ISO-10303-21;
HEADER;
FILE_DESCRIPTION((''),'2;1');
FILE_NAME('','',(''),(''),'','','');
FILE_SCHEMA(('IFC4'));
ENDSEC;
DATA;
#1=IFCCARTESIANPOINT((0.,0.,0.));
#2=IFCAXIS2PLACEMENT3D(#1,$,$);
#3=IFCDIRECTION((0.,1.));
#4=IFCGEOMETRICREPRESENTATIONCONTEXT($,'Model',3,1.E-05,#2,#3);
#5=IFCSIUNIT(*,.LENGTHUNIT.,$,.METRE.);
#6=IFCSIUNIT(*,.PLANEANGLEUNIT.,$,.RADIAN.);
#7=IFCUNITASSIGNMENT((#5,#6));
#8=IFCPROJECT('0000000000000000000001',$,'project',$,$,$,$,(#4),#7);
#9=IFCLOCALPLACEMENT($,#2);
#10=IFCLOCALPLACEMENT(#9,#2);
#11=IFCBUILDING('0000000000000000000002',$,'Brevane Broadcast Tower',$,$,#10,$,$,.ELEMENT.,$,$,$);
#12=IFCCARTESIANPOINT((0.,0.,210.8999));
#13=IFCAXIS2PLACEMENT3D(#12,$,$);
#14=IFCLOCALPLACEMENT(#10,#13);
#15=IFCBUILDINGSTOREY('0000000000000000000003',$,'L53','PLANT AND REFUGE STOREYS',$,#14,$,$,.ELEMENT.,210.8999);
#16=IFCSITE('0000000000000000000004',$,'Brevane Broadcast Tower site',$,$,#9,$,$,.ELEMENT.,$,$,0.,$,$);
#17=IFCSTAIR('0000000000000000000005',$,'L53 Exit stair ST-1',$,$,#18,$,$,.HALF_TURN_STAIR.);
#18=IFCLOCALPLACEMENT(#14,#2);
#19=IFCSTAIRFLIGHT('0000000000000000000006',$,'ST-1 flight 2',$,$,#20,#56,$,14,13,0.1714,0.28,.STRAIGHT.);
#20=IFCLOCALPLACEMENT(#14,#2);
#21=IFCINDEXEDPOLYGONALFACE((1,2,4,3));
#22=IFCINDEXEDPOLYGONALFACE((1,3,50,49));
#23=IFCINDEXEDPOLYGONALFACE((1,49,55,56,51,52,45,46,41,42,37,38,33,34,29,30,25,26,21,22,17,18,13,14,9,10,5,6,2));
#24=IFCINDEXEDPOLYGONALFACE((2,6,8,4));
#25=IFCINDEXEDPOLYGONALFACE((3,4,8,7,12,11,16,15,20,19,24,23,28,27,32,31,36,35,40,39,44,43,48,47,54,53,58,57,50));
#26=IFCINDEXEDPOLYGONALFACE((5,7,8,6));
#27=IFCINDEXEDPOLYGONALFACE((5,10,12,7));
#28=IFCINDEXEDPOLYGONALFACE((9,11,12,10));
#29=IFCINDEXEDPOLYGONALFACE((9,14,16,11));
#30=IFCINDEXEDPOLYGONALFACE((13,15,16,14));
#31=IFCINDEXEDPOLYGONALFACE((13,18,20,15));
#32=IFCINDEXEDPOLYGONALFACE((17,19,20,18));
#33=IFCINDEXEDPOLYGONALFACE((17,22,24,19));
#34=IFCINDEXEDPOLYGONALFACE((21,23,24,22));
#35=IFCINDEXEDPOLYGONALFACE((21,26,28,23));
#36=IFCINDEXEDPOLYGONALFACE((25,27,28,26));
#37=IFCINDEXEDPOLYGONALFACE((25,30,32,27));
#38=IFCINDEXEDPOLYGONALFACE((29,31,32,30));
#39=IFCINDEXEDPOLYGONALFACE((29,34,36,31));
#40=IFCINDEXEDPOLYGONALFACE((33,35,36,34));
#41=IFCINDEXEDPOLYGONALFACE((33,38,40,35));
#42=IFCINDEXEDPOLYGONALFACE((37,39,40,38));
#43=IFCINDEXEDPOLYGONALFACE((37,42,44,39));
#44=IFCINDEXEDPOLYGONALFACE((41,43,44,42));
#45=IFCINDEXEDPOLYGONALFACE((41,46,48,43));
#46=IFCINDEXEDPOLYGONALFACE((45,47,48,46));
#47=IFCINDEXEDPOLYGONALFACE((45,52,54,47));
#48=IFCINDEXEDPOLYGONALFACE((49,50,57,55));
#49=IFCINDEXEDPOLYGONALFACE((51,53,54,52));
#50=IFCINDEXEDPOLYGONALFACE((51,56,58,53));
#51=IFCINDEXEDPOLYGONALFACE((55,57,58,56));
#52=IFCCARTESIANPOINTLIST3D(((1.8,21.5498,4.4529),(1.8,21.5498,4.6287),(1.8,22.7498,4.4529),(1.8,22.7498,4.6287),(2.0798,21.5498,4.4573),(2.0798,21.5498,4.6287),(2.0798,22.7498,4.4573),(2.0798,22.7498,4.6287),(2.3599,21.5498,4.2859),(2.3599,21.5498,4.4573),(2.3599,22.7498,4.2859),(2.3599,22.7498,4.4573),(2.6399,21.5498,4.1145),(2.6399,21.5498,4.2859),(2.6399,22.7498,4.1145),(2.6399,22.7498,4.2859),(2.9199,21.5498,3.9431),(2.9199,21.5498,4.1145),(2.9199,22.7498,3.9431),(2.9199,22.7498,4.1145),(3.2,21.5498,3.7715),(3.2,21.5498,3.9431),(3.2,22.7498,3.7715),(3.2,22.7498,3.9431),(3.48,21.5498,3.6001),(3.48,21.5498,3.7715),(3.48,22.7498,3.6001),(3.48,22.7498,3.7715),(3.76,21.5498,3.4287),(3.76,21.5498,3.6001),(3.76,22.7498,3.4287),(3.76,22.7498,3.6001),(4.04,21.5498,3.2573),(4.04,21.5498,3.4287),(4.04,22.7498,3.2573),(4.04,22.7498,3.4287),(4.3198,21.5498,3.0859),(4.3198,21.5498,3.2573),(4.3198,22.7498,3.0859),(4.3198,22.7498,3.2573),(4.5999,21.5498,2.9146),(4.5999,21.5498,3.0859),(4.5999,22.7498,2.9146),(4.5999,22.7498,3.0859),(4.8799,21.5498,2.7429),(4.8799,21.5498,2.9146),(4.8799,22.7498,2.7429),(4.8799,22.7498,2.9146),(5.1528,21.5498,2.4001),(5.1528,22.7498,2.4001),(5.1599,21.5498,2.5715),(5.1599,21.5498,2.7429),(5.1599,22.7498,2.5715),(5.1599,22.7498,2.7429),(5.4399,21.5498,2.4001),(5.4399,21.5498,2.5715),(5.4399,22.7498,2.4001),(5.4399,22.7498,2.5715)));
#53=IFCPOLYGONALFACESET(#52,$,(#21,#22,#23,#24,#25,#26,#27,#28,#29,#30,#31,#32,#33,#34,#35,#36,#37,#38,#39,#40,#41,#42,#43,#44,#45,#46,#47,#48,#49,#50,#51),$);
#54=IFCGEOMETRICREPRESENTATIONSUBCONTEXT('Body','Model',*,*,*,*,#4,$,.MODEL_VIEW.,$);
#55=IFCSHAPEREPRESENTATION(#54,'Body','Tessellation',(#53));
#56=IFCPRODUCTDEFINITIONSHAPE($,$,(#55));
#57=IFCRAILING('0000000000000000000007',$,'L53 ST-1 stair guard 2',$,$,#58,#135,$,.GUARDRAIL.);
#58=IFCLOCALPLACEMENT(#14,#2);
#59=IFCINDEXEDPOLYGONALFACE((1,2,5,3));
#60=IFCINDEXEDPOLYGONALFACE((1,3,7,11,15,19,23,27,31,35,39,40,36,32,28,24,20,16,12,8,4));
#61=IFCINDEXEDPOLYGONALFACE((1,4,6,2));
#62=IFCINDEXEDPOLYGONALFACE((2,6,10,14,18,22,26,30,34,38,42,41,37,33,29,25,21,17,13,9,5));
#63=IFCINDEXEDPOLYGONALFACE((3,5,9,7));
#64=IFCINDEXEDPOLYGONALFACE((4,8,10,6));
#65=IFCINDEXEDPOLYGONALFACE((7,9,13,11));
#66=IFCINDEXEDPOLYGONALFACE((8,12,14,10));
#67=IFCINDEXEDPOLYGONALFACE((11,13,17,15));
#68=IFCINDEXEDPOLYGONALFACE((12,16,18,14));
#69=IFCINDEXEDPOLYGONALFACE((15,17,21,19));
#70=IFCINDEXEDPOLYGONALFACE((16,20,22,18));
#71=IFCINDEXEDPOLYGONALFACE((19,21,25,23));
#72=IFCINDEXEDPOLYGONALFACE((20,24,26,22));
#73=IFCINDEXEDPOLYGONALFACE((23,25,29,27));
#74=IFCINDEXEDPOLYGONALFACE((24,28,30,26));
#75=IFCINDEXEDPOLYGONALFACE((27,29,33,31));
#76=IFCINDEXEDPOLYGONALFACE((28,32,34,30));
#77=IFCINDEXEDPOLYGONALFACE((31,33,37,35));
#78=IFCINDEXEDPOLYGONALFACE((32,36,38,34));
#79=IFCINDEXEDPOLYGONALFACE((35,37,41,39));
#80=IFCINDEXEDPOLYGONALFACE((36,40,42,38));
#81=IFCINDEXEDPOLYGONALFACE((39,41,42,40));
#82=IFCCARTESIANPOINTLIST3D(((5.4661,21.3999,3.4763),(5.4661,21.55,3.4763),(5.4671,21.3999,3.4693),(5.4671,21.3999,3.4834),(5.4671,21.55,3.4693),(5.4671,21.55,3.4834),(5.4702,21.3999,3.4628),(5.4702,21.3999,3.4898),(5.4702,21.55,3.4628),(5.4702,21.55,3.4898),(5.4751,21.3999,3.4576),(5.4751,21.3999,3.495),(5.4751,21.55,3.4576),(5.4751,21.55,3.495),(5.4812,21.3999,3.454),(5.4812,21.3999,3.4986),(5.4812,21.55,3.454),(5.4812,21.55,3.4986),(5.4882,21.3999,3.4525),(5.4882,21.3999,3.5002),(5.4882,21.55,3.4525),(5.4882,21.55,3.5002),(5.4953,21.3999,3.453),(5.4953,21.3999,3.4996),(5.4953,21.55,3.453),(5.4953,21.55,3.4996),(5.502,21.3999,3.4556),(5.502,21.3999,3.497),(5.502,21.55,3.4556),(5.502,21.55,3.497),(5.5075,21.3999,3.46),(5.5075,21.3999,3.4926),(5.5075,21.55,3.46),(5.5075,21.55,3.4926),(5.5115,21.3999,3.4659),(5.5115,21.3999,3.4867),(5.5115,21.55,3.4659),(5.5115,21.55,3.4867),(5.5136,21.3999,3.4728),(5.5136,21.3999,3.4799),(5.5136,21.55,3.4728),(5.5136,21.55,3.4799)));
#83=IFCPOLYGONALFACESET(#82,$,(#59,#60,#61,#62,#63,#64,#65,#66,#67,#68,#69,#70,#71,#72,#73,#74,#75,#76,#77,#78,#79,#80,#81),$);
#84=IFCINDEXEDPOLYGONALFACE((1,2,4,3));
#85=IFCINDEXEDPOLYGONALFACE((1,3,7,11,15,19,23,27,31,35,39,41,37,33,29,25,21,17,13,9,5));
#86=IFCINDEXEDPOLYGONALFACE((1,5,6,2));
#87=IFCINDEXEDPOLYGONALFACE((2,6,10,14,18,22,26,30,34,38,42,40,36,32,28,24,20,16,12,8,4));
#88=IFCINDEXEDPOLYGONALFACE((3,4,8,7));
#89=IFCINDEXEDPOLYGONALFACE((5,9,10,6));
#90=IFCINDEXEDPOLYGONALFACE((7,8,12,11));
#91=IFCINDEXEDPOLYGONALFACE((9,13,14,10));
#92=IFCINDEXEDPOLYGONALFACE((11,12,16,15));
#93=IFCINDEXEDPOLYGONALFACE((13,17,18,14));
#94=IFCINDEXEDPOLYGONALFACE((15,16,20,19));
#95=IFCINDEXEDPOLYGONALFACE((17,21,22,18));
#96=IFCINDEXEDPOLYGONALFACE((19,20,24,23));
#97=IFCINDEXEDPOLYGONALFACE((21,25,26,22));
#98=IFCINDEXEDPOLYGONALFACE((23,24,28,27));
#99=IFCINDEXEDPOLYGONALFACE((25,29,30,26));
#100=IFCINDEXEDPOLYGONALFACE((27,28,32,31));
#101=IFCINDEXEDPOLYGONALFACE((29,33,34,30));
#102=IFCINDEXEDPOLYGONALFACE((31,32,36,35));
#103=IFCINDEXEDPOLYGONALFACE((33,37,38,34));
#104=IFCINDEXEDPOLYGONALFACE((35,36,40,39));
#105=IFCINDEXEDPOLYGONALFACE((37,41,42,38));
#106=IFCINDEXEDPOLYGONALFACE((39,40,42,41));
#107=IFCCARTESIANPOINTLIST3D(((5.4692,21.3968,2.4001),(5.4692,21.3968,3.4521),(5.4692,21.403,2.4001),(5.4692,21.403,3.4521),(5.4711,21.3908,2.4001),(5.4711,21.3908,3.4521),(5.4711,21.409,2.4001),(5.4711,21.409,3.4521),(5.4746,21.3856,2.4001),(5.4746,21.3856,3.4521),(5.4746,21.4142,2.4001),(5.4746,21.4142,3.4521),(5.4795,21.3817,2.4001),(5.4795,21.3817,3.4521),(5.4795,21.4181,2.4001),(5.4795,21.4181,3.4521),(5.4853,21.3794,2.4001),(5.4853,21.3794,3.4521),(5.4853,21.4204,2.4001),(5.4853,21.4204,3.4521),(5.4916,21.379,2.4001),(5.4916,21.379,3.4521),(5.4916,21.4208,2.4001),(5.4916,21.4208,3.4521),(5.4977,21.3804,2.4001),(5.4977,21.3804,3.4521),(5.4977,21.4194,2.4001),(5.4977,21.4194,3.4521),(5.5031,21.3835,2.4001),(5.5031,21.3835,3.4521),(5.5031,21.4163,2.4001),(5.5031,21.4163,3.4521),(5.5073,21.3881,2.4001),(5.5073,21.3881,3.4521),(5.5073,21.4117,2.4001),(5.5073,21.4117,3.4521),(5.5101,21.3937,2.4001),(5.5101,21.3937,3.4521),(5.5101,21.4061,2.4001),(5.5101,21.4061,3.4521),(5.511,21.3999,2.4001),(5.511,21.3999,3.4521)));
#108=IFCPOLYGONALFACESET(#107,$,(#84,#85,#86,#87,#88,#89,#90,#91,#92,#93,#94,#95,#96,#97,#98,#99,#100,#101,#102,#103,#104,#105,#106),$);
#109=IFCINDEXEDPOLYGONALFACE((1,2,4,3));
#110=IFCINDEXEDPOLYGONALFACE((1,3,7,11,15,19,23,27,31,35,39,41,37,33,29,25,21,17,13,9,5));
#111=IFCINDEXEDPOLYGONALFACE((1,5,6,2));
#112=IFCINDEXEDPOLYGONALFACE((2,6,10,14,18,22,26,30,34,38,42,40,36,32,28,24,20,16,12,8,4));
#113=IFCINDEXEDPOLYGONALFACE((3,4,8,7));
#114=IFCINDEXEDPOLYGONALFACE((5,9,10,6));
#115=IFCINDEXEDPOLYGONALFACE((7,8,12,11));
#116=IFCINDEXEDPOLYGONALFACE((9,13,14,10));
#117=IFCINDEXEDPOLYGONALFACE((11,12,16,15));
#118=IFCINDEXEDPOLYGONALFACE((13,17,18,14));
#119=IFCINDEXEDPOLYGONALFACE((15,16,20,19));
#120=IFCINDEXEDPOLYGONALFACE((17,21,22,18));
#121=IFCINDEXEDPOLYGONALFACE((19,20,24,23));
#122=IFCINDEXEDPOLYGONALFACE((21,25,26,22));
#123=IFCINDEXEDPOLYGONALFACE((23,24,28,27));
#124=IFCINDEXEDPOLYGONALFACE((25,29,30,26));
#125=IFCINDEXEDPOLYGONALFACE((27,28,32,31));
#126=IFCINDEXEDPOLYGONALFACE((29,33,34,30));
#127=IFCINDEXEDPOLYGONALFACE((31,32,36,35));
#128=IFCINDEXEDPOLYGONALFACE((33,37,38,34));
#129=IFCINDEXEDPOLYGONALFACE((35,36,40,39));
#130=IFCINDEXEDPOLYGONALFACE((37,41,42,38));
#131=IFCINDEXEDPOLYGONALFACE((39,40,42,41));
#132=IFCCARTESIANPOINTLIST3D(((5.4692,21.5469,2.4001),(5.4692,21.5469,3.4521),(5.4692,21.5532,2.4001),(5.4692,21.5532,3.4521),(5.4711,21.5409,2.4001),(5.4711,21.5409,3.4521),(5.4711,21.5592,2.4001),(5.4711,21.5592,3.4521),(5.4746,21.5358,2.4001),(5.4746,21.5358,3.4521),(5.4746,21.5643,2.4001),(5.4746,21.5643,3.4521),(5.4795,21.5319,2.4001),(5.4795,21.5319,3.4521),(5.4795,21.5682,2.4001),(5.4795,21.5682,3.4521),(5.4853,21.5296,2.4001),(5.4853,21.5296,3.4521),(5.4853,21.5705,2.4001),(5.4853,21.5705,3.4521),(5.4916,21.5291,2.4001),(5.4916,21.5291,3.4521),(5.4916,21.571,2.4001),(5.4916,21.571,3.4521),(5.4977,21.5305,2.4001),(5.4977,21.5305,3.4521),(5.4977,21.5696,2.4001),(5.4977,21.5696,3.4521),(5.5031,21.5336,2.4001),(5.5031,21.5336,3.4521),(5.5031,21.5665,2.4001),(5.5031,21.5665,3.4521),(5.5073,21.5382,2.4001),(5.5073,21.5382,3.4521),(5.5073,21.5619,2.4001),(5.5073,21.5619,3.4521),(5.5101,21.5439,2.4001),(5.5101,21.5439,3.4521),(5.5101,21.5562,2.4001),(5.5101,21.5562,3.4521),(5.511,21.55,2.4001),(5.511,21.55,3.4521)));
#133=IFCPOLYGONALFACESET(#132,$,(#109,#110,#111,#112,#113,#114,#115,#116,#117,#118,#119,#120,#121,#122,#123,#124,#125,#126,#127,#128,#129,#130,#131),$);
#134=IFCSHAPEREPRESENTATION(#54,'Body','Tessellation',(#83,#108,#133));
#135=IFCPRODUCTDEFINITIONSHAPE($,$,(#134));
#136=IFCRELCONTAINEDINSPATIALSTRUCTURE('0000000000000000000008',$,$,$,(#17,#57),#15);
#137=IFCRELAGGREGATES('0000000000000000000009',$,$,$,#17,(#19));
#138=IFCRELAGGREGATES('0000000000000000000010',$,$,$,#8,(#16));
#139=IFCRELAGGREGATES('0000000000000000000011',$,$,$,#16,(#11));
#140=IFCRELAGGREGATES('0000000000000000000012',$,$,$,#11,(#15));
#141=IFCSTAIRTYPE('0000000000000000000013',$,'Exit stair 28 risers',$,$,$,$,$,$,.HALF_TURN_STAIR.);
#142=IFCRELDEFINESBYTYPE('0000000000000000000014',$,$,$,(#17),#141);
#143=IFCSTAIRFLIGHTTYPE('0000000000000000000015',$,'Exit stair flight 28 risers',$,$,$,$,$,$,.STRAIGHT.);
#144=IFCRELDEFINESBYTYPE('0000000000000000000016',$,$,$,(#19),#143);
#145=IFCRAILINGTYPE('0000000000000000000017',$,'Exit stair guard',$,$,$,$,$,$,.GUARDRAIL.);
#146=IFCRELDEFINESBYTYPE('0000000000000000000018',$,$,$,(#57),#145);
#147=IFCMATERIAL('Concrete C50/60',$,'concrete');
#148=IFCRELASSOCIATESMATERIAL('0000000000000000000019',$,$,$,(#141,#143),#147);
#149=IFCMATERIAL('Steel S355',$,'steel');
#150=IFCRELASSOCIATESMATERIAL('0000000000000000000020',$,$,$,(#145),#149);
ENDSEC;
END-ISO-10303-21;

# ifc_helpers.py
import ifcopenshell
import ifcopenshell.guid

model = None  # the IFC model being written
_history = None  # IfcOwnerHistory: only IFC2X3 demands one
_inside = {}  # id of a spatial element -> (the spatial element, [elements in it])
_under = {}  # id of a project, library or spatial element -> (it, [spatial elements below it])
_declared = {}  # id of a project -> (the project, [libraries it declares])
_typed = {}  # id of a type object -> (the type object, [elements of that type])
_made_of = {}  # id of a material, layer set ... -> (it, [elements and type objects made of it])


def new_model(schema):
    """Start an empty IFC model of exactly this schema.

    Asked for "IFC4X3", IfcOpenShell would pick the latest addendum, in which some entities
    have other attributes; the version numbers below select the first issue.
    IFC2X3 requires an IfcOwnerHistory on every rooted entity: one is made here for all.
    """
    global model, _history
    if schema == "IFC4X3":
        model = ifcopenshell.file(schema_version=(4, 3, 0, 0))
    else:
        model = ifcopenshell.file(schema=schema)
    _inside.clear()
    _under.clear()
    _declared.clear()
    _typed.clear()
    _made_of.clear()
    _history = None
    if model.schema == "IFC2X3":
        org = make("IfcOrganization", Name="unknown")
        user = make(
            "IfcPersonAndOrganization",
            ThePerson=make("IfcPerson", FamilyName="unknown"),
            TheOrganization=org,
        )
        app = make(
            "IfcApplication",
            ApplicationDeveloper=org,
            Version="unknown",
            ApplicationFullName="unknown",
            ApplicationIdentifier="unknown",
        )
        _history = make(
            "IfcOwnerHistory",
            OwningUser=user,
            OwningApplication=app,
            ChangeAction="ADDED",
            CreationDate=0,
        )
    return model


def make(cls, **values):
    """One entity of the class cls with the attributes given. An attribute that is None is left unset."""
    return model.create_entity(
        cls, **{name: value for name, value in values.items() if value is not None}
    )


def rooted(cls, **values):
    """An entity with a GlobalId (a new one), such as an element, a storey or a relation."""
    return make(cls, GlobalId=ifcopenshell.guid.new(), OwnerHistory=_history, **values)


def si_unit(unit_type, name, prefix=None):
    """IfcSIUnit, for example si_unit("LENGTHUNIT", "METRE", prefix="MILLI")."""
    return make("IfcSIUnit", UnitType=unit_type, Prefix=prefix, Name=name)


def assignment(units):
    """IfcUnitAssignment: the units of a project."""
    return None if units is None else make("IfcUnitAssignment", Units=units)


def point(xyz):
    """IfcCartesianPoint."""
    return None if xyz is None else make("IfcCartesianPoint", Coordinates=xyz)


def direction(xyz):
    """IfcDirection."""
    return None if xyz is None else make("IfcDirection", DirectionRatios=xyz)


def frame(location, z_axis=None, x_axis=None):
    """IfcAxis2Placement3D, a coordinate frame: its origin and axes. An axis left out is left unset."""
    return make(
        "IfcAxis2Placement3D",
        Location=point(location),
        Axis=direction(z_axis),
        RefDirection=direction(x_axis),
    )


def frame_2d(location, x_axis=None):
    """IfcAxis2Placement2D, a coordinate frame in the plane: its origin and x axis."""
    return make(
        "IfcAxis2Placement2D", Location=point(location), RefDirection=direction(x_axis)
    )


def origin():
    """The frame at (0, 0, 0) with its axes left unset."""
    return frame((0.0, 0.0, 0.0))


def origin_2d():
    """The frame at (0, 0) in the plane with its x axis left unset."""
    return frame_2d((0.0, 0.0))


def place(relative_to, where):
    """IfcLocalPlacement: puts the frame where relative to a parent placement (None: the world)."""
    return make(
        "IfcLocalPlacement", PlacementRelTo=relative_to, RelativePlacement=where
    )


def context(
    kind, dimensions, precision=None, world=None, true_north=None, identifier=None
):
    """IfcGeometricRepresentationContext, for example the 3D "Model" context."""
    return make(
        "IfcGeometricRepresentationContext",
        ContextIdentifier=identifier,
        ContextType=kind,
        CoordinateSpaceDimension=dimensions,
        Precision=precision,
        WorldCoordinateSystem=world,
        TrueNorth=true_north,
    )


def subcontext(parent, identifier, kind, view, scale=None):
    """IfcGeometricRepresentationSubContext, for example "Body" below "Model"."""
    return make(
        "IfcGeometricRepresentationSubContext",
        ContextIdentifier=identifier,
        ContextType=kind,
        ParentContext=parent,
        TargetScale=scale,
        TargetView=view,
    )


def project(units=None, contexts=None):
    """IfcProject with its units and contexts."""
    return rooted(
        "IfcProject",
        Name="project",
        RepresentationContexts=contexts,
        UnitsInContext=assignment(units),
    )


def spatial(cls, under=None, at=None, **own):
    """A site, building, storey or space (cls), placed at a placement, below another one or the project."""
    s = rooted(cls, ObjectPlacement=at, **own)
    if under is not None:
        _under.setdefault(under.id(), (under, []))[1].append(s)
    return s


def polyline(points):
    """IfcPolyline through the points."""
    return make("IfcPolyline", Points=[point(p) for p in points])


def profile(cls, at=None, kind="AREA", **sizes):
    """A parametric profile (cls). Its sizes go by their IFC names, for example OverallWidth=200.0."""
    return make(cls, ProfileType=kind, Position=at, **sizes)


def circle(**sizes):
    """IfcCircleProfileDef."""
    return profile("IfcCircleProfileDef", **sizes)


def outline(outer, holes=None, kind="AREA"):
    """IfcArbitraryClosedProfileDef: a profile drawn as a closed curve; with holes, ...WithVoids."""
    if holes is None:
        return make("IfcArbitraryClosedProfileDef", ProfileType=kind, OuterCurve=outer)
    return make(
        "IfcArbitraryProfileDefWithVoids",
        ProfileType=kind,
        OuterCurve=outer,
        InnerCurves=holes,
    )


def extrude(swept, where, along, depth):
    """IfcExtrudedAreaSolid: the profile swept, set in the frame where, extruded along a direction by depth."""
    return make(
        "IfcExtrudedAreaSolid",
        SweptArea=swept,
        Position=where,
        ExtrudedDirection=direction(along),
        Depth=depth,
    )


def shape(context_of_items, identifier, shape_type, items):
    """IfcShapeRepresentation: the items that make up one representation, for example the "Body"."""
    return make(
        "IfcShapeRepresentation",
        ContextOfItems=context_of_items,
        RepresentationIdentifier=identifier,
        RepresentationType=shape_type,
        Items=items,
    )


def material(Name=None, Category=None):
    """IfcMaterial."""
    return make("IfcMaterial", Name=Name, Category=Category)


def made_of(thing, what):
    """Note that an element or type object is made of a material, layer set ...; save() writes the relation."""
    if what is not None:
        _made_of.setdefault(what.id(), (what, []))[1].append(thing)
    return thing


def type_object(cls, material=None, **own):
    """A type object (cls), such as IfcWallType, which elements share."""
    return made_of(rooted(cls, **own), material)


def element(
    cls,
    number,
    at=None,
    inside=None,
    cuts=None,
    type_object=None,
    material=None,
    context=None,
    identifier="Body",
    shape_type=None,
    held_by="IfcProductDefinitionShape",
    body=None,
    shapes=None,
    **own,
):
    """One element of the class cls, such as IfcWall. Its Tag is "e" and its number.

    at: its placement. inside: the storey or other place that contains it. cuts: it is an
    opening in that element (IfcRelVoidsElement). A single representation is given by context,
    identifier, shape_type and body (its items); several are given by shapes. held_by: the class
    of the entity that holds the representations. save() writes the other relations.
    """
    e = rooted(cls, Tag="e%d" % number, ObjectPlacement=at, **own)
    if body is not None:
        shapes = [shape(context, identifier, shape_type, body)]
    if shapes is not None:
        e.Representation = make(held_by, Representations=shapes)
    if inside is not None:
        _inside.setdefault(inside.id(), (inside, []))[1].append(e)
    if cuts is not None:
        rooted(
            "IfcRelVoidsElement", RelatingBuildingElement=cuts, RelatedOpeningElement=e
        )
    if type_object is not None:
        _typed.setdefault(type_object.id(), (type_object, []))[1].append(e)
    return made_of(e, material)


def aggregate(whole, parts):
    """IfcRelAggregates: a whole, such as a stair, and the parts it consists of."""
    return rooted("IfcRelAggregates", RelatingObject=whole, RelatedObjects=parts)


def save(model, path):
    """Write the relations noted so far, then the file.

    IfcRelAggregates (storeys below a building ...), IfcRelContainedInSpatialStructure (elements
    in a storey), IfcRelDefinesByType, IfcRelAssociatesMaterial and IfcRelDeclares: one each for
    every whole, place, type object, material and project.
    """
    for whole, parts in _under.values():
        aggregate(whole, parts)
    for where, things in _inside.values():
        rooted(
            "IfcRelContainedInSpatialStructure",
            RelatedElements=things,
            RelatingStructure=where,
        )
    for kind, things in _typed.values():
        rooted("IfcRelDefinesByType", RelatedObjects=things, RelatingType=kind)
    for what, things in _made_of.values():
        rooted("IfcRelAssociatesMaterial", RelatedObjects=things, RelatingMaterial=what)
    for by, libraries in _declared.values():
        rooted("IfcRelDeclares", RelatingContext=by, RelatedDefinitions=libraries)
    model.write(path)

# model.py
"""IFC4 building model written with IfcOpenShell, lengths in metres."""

from ifc_helpers import new_model, si_unit, direction, frame, origin, origin_2d, place, context, subcontext, project, spatial, polyline, circle, outline, extrude, material, type_object, element, aggregate, save


model = new_model("IFC4")

# Units and contexts
model_context = context("Model", 3, precision=1e-05, world=origin(), true_north=direction((0.0, 1.0)))
body_context = subcontext(model_context, "Body", "Model", "MODEL_VIEW")
ifc_project = project(units=[si_unit("LENGTHUNIT", "METRE"), si_unit("PLANEANGLEUNIT", "RADIAN")], contexts=[model_context])

# Site, building, storey
site_placement = place(None, origin())
site = spatial("IfcSite", under=ifc_project, at=site_placement, Name="Brevane Broadcast Tower site", CompositionType="ELEMENT", RefElevation=0.0)
building_placement = place(site_placement, origin())
building = spatial("IfcBuilding", under=site, at=building_placement, Name="Brevane Broadcast Tower", CompositionType="ELEMENT")
storey_placement = place(building_placement, frame((0.0, 0.0, 210.8999)))
storey = spatial("IfcBuildingStorey", under=building, at=storey_placement, Name="L53", Description="PLANT AND REFUGE STOREYS", CompositionType="ELEMENT", Elevation=210.8999)

# Shared definitions
ifc_material_1 = material(Name="Concrete C50/60", Category="concrete")

# Stair, stair flight
stair_type = type_object("IfcStairType", Name="Exit stair 28 risers", PredefinedType="HALF_TURN_STAIR", material=ifc_material_1)
stair_placement = place(storey_placement, origin())
stair = element("IfcStair", 1, at=stair_placement, inside=storey, type_object=stair_type, Name="L53 Exit stair ST-1", PredefinedType="HALF_TURN_STAIR")
stair_flight_type = type_object("IfcStairFlightType", Name="Exit stair flight 28 risers", PredefinedType="STRAIGHT", material=ifc_material_1)
stair_flight_placement = place(storey_placement, frame((5.4399, 22.1499, 2.4001), z_axis=(0.0, 0.0, 1.0), x_axis=(-1.0, 0.0, 0.0)))
stair_flight = element("IfcStairFlight", 2, at=stair_flight_placement, type_object=stair_flight_type, Name="ST-1 flight 2", NumberOfRisers=14, NumberOfTreads=13, PredefinedType="STRAIGHT", RiserHeight=0.1714, TreadLength=0.28, context=body_context, shape_type="SweptSolid", body=[
    extrude(outline(polyline([(0.0, 0.0), (0.0, 0.1714), (0.28, 0.1714), (0.28, 0.3428), (0.5601, 0.3428), (0.5601, 0.5144), (0.8401, 0.5144), (0.8401, 0.6858), (1.1201, 0.6858), (1.1201, 0.8572), (1.3999, 0.8572), (1.3999, 1.0286), (1.6799, 1.0286), (1.6799, 1.2), (1.96, 1.2), (1.96, 1.3713), (2.24, 1.3713), (2.24, 1.543), (2.52, 1.543), (2.52, 1.7144), (2.8, 1.7144), (2.8, 1.8857), (3.0801, 1.8857), (3.0801, 2.0571), (3.3601, 2.0571), (3.3601, 2.2285), (3.6399, 2.2285), (3.6399, 2.3999), (3.6399, 2.0527), (0.2871, 0.0), (0.0, 0.0)])), frame((0.0, 0.6001, 0.0), z_axis=(0.0, -1.0, 0.0), x_axis=(1.0, 0.0, 0.0)), (0.0, 0.0, 1.0), 1.2),
])
aggregate(stair, [stair_flight])

# Railing
ifc_material_2 = material(Name="Steel S355", Category="steel")
railing_type = type_object("IfcRailingType", Name="Exit stair guard", PredefinedType="GUARDRAIL", material=ifc_material_2)
railing_placement = place(storey_placement, frame((5.49, 21.3999, 2.4001)))
element("IfcRailing", 3, at=railing_placement, inside=storey, type_object=railing_type, Name="L53 ST-1 stair guard 2", PredefinedType="GUARDRAIL", context=body_context, shape_type="SweptSolid", body=[
    extrude(circle(Radius=0.0239, at=origin_2d()), frame((0.0, 0.0, 1.0762), z_axis=(0.0, 1.0, 0.0), x_axis=(-1.0, 0.0, 0.0)), (0.0, 0.0, 1.0), 0.1501),
    extrude(circle(Radius=0.021, at=origin_2d()), origin(), (0.0, 0.0, 1.0), 1.052),
    extrude(circle(Radius=0.021, at=origin_2d()), frame((0.0, 0.1501, 0.0)), (0.0, 0.0, 1.0), 1.052),
])

save(model, "model.ifc")
